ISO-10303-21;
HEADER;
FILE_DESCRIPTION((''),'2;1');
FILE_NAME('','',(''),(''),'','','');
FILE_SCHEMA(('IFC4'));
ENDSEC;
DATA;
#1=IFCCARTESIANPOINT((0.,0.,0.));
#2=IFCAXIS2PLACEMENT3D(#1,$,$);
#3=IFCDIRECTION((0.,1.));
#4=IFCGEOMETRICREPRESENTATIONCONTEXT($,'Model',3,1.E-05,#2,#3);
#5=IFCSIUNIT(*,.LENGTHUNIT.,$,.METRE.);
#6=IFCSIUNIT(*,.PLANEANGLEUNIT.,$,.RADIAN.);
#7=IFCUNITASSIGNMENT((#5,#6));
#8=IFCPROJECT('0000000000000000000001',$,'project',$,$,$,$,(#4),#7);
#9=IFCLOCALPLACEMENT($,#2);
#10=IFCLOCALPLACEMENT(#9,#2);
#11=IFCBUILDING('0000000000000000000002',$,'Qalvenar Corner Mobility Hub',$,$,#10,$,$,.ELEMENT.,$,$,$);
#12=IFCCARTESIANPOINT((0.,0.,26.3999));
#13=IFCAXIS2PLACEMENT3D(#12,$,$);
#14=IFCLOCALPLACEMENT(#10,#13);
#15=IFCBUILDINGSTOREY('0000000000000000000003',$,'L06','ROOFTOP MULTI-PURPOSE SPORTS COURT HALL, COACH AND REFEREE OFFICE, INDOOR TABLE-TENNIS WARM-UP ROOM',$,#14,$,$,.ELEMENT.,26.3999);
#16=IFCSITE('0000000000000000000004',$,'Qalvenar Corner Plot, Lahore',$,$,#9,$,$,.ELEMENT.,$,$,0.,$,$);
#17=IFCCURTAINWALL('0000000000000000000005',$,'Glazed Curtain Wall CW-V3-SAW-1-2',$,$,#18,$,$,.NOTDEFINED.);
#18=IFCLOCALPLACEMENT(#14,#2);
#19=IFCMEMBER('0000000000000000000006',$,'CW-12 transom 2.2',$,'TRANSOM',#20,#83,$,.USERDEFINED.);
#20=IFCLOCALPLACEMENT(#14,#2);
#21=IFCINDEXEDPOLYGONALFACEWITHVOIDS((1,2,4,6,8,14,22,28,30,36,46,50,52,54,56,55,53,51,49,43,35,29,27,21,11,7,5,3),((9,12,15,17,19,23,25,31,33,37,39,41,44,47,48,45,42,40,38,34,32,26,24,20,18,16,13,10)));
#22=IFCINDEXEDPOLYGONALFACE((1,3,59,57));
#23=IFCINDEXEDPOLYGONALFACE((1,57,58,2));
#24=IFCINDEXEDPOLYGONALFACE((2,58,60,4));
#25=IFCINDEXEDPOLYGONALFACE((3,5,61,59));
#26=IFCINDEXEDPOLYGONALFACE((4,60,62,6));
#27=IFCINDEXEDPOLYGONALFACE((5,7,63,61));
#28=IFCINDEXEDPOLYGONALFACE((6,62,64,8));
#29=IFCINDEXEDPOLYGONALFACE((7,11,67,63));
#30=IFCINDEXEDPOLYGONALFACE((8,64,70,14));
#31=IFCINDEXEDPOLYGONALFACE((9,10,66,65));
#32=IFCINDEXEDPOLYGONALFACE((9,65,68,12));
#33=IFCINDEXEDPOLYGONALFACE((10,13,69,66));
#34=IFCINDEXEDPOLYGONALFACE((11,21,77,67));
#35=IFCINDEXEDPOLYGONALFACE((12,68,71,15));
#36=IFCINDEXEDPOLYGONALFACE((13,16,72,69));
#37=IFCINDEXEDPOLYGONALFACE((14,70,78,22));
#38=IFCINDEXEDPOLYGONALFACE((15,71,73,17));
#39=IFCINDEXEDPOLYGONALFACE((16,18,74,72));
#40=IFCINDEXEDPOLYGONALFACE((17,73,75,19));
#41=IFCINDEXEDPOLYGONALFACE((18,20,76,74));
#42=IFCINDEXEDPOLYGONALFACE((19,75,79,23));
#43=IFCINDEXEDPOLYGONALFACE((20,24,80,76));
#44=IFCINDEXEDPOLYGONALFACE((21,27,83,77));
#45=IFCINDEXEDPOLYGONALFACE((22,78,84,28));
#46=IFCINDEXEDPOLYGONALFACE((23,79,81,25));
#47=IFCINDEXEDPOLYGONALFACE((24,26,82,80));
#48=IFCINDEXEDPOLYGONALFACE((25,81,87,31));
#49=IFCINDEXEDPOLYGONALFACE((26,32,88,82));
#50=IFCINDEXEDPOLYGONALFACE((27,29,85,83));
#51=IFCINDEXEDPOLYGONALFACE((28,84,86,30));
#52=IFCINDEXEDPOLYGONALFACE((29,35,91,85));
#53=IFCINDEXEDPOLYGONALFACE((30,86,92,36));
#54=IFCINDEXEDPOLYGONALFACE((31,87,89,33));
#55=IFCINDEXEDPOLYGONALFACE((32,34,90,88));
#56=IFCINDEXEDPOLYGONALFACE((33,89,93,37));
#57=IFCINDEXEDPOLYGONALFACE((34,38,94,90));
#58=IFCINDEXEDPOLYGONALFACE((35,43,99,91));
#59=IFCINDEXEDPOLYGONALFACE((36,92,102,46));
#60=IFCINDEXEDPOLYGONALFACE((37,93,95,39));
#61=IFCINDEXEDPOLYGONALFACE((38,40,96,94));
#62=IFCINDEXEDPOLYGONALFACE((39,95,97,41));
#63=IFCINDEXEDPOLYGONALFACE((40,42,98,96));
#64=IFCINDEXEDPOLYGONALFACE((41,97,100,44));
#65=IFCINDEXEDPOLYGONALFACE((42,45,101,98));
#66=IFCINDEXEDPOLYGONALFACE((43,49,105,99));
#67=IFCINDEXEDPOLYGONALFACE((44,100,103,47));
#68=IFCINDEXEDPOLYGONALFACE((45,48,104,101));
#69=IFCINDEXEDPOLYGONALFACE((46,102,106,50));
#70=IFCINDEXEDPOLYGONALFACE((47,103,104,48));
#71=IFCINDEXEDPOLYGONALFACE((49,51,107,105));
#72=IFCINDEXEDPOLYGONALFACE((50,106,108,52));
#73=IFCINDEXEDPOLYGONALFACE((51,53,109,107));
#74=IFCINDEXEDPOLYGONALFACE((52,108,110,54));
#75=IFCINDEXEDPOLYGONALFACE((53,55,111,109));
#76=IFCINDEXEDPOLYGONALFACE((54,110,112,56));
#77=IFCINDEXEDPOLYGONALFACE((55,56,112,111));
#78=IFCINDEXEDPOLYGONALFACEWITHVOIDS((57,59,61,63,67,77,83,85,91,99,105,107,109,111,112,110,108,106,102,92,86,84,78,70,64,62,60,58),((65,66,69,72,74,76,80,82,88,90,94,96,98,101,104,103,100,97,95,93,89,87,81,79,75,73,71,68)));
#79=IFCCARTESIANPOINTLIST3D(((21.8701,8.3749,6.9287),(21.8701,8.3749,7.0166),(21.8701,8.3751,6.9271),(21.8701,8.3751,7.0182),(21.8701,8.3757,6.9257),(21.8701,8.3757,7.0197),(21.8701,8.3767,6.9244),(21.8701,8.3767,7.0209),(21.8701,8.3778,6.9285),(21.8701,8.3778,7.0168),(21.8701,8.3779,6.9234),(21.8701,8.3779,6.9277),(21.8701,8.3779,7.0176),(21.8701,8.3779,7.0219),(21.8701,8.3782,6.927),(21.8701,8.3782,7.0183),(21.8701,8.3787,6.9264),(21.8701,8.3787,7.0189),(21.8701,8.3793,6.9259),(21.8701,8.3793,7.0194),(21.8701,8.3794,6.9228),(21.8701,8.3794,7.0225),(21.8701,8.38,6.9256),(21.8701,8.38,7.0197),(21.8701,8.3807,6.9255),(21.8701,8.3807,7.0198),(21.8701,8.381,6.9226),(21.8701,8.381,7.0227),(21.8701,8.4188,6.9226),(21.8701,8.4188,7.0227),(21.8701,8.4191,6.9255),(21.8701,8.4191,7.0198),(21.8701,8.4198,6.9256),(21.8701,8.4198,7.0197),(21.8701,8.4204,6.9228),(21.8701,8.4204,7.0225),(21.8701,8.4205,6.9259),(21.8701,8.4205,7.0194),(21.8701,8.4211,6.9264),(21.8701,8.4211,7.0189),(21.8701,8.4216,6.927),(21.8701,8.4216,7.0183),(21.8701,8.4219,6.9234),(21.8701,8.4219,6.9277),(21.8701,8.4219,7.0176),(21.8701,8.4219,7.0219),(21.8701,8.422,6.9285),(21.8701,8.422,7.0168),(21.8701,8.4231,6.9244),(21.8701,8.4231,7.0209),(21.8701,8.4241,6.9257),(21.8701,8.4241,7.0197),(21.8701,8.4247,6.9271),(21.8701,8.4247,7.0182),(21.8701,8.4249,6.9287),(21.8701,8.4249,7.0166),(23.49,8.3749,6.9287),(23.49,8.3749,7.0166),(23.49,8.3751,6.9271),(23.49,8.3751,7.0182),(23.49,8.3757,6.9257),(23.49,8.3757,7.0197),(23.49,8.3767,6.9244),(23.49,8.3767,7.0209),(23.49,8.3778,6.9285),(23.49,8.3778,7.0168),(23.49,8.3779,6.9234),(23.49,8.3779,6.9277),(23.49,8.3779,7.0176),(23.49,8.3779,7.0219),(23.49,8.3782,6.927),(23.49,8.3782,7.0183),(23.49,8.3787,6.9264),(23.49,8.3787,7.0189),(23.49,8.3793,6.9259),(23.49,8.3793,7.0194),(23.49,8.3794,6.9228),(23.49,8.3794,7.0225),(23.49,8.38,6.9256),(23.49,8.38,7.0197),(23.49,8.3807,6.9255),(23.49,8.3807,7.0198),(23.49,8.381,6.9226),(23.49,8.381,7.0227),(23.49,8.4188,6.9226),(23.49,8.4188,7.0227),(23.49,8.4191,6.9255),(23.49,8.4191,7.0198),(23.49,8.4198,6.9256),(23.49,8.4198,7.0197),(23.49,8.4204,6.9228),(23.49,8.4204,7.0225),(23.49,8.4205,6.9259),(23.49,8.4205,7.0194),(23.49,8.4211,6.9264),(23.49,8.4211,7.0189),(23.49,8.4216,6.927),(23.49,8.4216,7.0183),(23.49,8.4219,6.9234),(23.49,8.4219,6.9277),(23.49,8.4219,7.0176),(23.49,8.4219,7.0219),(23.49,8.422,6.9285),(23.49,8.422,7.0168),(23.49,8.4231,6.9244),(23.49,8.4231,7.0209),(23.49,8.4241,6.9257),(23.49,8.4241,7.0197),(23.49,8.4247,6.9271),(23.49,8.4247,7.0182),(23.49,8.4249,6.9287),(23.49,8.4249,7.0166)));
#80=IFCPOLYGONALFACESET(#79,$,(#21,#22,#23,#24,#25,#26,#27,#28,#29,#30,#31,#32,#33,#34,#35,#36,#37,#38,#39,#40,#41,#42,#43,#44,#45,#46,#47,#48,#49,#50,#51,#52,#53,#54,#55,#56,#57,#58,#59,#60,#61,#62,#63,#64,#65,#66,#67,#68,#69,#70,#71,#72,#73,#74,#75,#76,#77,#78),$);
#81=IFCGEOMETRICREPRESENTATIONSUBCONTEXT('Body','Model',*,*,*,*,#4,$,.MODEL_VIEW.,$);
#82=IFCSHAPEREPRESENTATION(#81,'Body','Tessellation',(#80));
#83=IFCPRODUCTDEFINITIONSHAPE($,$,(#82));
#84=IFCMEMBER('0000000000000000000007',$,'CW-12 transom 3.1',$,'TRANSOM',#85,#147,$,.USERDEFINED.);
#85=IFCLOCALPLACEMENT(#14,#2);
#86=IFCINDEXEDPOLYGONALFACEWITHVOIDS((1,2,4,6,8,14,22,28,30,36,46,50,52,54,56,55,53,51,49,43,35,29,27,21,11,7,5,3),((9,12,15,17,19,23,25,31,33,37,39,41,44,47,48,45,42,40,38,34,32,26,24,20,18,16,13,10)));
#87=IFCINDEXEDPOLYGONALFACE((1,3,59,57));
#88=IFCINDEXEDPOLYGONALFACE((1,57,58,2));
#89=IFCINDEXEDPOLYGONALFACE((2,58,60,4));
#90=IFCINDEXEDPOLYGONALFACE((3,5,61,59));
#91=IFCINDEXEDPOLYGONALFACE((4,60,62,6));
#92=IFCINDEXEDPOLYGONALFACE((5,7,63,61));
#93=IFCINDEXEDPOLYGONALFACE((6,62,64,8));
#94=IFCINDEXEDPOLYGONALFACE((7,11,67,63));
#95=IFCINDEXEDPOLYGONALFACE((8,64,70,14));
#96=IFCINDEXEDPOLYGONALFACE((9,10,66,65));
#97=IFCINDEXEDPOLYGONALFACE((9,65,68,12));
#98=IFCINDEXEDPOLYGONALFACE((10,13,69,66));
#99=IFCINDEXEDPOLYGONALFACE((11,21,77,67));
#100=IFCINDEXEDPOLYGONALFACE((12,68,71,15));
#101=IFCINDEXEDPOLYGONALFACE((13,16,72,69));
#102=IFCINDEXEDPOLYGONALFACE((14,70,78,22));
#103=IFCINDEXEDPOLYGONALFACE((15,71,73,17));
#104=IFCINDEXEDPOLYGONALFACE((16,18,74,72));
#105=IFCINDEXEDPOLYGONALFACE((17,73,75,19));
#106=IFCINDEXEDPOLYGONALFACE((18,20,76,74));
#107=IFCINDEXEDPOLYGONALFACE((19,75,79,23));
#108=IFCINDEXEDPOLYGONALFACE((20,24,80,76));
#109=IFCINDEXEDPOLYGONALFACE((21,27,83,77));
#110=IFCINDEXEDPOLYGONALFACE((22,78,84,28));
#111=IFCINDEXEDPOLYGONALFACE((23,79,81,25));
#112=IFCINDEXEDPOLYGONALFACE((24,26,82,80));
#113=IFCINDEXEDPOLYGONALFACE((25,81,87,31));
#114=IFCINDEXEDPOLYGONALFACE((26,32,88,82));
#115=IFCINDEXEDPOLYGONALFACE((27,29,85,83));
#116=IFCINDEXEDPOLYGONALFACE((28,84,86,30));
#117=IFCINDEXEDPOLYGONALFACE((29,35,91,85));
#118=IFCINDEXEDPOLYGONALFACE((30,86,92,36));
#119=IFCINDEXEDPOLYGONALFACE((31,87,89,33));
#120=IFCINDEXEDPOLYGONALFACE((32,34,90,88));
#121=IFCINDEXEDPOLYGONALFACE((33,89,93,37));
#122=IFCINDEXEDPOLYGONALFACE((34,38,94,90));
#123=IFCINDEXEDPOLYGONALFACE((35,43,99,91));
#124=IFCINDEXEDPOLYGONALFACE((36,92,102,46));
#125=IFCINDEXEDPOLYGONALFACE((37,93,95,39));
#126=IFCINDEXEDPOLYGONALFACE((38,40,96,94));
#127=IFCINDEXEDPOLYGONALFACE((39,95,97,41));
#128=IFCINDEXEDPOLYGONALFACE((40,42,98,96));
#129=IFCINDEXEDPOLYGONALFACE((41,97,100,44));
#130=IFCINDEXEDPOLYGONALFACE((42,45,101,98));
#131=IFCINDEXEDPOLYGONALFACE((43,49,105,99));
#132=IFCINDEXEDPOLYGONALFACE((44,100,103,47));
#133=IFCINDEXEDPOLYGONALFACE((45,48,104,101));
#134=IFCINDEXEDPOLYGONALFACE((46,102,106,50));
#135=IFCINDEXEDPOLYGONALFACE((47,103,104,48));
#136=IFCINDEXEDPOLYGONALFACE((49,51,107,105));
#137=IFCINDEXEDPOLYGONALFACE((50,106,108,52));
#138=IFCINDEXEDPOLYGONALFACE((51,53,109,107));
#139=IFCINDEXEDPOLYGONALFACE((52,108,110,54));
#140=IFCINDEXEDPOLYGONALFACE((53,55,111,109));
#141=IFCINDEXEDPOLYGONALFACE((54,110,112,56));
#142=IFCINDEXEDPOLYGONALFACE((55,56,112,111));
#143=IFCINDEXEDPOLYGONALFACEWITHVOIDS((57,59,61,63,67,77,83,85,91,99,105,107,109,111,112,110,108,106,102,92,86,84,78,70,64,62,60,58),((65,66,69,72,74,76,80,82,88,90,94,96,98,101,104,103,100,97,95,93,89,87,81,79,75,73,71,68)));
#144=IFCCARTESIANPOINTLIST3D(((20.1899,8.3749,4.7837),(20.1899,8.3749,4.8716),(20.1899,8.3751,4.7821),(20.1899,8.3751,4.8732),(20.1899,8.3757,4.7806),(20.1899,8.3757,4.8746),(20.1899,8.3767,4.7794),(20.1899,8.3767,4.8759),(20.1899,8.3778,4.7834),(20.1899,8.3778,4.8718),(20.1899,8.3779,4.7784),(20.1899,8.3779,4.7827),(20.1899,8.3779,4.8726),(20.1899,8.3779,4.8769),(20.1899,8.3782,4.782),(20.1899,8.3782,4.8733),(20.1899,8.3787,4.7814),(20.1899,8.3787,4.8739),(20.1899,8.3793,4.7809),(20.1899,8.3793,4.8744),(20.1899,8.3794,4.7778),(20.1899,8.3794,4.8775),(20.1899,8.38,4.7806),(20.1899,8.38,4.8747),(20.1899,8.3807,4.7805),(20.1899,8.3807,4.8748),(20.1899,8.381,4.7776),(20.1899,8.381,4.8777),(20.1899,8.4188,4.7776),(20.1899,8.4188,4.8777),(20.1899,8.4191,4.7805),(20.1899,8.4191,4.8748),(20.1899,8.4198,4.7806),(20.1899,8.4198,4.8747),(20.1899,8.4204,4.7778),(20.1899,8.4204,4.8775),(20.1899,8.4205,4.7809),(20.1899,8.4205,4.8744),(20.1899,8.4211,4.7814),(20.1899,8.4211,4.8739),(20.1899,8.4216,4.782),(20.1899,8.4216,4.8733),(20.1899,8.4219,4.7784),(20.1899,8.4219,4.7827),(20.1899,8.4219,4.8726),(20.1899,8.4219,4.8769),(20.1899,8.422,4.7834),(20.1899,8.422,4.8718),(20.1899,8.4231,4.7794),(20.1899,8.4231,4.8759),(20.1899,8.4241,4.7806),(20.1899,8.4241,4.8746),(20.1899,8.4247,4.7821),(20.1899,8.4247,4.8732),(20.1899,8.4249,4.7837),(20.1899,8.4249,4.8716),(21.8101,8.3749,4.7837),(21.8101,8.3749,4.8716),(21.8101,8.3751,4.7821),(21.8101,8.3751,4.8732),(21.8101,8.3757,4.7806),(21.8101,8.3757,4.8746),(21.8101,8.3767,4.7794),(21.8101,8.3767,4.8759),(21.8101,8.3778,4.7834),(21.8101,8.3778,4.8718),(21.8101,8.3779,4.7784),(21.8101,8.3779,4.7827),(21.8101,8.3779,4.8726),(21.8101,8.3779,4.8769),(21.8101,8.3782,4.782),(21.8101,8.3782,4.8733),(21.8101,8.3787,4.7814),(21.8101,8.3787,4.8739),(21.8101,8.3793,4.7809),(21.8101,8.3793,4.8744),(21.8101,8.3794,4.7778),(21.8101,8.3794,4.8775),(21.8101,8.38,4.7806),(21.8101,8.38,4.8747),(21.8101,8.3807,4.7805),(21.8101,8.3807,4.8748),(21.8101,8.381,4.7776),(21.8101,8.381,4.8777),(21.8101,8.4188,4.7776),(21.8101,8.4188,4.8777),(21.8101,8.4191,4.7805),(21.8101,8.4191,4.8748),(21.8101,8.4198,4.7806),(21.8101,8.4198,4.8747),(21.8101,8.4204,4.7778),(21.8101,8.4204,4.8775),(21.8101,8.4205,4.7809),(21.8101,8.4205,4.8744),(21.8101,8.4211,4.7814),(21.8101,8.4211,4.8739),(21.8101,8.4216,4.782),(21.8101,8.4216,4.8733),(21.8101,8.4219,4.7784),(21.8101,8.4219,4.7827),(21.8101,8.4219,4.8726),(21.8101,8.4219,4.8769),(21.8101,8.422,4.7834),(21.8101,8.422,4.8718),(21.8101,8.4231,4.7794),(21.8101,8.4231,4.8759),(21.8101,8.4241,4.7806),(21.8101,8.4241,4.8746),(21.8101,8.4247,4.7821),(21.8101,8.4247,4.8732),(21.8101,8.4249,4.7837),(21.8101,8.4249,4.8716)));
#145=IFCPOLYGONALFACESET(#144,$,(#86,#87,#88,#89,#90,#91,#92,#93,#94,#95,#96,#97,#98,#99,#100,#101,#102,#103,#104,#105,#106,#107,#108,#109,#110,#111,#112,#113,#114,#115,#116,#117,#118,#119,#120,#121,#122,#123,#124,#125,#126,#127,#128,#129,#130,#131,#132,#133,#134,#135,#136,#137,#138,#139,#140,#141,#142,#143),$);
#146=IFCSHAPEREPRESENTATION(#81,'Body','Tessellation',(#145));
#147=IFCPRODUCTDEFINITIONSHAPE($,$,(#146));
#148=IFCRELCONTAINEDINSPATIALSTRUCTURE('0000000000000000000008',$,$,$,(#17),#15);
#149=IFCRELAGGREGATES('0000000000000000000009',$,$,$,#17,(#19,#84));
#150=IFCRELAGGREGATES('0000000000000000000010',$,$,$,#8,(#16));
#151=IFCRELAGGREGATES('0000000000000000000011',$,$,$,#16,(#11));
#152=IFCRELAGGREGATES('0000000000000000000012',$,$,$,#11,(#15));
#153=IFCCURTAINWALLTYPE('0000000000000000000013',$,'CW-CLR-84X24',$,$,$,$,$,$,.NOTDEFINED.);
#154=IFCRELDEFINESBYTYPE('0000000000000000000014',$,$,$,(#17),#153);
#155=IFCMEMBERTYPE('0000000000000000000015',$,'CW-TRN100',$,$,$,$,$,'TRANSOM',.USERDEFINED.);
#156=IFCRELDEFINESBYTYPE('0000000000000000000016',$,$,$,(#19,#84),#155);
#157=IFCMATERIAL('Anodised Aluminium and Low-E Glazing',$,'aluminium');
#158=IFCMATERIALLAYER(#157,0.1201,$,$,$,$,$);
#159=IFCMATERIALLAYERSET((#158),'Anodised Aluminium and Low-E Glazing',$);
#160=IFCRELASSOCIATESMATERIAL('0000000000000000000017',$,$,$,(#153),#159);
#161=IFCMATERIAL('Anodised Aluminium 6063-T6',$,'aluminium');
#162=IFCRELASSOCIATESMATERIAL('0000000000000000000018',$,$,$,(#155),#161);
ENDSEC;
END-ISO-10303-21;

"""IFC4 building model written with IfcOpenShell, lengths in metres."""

from ifc_helpers import new_model, si_unit, direction, frame, origin, origin_2d, place, context, subcontext, project, spatial, hollow_rectangle, extrude, material, layer, layer_set, material_profile, profile_set, type_object, element, aggregate, save


model = new_model("IFC4")

# Units and contexts
model_context = context("Model", 3, precision=1e-05, world=origin(), true_north=direction((0.0, 1.0)))
body_context = subcontext(model_context, "Body", "Model", "MODEL_VIEW")
ifc_project = project(units=[si_unit("LENGTHUNIT", "METRE"), si_unit("PLANEANGLEUNIT", "RADIAN")], contexts=[model_context])

# Site, building, storey
site_placement = place(None, origin())
site = spatial("IfcSite", under=ifc_project, at=site_placement, Name="Qalvenar Corner Plot, Lahore", CompositionType="ELEMENT", RefElevation=0.0)
building_placement = place(site_placement, origin())
building = spatial("IfcBuilding", under=site, at=building_placement, Name="Qalvenar Corner Mobility Hub", CompositionType="ELEMENT")
storey_placement = place(building_placement, frame((0.0, 0.0, 26.3999)))
storey = spatial("IfcBuildingStorey", under=building, at=storey_placement, Name="L06", Description="ROOFTOP MULTI-PURPOSE SPORTS COURT HALL, COACH AND REFEREE OFFICE, INDOOR TABLE-TENNIS WARM-UP ROOM", CompositionType="ELEMENT", Elevation=26.3999)

# Curtain wall
ifc_material_1 = material(Name="Anodised Aluminium and Low-E Glazing", Category="aluminium")
ifc_layer_1 = layer(ifc_material_1, 0.1201)
ifc_layer_set_1 = layer_set([ifc_layer_1], Name="Anodised Aluminium and Low-E Glazing")
curtain_wall_type = type_object("IfcCurtainWallType", Name="CW-CLR-84X24", PredefinedType="NOTDEFINED", material=ifc_layer_set_1)
curtain_wall_1_placement = place(storey_placement, origin())
curtain_wall_1 = element("IfcCurtainWall", 1, at=curtain_wall_1_placement, inside=storey, type_object=curtain_wall_type, Name="Glazed Curtain Wall CW-V3-SAW-1-2", PredefinedType="NOTDEFINED")
ifc_material_2 = material(Name="Anodised Aluminium 6063-T6", Category="aluminium")

# Members
ifc_material_profile_1 = material_profile(ifc_material_2, hollow_rectangle(XDim=0.05, YDim=0.1001, WallThickness=0.0029, InnerFilletRadius=0.0029, OuterFilletRadius=0.0061, at=origin_2d()), Name="RHS100x50x3")
ifc_profile_set_1 = profile_set([ifc_material_profile_1], Name="Anodised Aluminium 6063-T6")
member_type_1 = type_object("IfcMemberType", Name="CW-TRN100", ElementType="TRANSOM", PredefinedType="USERDEFINED", material=ifc_profile_set_1)
member_1_placement = place(storey_placement, frame((23.49, 8.3999, 6.9727), z_axis=(-1.0, 0.0, 0.0), x_axis=(0.0, -1.0, 0.0)))
member_1 = element("IfcMember", 2, at=member_1_placement, type_object=member_type_1, Name="CW-12 transom 2.2", ObjectType="TRANSOM", PredefinedType="USERDEFINED", context=body_context, shape_type="SweptSolid", body=[
    extrude(hollow_rectangle(XDim=0.05, YDim=0.1001, WallThickness=0.0029, InnerFilletRadius=0.0029, OuterFilletRadius=0.0061, at=origin_2d()), origin(), (0.0, 0.0, 1.0), 1.6199),
])
member_2_placement = place(storey_placement, frame((21.8101, 8.3999, 4.8276), z_axis=(-1.0, 0.0, 0.0), x_axis=(0.0, -1.0, 0.0)))
member_2 = element("IfcMember", 3, at=member_2_placement, type_object=member_type_1, Name="CW-12 transom 3.1", ObjectType="TRANSOM", PredefinedType="USERDEFINED", context=body_context, shape_type="SweptSolid", body=[
    extrude(hollow_rectangle(XDim=0.05, YDim=0.1001, WallThickness=0.0029, InnerFilletRadius=0.0029, OuterFilletRadius=0.0061, at=origin_2d()), origin(), (0.0, 0.0, 1.0), 1.6201),
])

aggregate(curtain_wall_1, [member_1, member_2])

save(model, "model.ifc")
